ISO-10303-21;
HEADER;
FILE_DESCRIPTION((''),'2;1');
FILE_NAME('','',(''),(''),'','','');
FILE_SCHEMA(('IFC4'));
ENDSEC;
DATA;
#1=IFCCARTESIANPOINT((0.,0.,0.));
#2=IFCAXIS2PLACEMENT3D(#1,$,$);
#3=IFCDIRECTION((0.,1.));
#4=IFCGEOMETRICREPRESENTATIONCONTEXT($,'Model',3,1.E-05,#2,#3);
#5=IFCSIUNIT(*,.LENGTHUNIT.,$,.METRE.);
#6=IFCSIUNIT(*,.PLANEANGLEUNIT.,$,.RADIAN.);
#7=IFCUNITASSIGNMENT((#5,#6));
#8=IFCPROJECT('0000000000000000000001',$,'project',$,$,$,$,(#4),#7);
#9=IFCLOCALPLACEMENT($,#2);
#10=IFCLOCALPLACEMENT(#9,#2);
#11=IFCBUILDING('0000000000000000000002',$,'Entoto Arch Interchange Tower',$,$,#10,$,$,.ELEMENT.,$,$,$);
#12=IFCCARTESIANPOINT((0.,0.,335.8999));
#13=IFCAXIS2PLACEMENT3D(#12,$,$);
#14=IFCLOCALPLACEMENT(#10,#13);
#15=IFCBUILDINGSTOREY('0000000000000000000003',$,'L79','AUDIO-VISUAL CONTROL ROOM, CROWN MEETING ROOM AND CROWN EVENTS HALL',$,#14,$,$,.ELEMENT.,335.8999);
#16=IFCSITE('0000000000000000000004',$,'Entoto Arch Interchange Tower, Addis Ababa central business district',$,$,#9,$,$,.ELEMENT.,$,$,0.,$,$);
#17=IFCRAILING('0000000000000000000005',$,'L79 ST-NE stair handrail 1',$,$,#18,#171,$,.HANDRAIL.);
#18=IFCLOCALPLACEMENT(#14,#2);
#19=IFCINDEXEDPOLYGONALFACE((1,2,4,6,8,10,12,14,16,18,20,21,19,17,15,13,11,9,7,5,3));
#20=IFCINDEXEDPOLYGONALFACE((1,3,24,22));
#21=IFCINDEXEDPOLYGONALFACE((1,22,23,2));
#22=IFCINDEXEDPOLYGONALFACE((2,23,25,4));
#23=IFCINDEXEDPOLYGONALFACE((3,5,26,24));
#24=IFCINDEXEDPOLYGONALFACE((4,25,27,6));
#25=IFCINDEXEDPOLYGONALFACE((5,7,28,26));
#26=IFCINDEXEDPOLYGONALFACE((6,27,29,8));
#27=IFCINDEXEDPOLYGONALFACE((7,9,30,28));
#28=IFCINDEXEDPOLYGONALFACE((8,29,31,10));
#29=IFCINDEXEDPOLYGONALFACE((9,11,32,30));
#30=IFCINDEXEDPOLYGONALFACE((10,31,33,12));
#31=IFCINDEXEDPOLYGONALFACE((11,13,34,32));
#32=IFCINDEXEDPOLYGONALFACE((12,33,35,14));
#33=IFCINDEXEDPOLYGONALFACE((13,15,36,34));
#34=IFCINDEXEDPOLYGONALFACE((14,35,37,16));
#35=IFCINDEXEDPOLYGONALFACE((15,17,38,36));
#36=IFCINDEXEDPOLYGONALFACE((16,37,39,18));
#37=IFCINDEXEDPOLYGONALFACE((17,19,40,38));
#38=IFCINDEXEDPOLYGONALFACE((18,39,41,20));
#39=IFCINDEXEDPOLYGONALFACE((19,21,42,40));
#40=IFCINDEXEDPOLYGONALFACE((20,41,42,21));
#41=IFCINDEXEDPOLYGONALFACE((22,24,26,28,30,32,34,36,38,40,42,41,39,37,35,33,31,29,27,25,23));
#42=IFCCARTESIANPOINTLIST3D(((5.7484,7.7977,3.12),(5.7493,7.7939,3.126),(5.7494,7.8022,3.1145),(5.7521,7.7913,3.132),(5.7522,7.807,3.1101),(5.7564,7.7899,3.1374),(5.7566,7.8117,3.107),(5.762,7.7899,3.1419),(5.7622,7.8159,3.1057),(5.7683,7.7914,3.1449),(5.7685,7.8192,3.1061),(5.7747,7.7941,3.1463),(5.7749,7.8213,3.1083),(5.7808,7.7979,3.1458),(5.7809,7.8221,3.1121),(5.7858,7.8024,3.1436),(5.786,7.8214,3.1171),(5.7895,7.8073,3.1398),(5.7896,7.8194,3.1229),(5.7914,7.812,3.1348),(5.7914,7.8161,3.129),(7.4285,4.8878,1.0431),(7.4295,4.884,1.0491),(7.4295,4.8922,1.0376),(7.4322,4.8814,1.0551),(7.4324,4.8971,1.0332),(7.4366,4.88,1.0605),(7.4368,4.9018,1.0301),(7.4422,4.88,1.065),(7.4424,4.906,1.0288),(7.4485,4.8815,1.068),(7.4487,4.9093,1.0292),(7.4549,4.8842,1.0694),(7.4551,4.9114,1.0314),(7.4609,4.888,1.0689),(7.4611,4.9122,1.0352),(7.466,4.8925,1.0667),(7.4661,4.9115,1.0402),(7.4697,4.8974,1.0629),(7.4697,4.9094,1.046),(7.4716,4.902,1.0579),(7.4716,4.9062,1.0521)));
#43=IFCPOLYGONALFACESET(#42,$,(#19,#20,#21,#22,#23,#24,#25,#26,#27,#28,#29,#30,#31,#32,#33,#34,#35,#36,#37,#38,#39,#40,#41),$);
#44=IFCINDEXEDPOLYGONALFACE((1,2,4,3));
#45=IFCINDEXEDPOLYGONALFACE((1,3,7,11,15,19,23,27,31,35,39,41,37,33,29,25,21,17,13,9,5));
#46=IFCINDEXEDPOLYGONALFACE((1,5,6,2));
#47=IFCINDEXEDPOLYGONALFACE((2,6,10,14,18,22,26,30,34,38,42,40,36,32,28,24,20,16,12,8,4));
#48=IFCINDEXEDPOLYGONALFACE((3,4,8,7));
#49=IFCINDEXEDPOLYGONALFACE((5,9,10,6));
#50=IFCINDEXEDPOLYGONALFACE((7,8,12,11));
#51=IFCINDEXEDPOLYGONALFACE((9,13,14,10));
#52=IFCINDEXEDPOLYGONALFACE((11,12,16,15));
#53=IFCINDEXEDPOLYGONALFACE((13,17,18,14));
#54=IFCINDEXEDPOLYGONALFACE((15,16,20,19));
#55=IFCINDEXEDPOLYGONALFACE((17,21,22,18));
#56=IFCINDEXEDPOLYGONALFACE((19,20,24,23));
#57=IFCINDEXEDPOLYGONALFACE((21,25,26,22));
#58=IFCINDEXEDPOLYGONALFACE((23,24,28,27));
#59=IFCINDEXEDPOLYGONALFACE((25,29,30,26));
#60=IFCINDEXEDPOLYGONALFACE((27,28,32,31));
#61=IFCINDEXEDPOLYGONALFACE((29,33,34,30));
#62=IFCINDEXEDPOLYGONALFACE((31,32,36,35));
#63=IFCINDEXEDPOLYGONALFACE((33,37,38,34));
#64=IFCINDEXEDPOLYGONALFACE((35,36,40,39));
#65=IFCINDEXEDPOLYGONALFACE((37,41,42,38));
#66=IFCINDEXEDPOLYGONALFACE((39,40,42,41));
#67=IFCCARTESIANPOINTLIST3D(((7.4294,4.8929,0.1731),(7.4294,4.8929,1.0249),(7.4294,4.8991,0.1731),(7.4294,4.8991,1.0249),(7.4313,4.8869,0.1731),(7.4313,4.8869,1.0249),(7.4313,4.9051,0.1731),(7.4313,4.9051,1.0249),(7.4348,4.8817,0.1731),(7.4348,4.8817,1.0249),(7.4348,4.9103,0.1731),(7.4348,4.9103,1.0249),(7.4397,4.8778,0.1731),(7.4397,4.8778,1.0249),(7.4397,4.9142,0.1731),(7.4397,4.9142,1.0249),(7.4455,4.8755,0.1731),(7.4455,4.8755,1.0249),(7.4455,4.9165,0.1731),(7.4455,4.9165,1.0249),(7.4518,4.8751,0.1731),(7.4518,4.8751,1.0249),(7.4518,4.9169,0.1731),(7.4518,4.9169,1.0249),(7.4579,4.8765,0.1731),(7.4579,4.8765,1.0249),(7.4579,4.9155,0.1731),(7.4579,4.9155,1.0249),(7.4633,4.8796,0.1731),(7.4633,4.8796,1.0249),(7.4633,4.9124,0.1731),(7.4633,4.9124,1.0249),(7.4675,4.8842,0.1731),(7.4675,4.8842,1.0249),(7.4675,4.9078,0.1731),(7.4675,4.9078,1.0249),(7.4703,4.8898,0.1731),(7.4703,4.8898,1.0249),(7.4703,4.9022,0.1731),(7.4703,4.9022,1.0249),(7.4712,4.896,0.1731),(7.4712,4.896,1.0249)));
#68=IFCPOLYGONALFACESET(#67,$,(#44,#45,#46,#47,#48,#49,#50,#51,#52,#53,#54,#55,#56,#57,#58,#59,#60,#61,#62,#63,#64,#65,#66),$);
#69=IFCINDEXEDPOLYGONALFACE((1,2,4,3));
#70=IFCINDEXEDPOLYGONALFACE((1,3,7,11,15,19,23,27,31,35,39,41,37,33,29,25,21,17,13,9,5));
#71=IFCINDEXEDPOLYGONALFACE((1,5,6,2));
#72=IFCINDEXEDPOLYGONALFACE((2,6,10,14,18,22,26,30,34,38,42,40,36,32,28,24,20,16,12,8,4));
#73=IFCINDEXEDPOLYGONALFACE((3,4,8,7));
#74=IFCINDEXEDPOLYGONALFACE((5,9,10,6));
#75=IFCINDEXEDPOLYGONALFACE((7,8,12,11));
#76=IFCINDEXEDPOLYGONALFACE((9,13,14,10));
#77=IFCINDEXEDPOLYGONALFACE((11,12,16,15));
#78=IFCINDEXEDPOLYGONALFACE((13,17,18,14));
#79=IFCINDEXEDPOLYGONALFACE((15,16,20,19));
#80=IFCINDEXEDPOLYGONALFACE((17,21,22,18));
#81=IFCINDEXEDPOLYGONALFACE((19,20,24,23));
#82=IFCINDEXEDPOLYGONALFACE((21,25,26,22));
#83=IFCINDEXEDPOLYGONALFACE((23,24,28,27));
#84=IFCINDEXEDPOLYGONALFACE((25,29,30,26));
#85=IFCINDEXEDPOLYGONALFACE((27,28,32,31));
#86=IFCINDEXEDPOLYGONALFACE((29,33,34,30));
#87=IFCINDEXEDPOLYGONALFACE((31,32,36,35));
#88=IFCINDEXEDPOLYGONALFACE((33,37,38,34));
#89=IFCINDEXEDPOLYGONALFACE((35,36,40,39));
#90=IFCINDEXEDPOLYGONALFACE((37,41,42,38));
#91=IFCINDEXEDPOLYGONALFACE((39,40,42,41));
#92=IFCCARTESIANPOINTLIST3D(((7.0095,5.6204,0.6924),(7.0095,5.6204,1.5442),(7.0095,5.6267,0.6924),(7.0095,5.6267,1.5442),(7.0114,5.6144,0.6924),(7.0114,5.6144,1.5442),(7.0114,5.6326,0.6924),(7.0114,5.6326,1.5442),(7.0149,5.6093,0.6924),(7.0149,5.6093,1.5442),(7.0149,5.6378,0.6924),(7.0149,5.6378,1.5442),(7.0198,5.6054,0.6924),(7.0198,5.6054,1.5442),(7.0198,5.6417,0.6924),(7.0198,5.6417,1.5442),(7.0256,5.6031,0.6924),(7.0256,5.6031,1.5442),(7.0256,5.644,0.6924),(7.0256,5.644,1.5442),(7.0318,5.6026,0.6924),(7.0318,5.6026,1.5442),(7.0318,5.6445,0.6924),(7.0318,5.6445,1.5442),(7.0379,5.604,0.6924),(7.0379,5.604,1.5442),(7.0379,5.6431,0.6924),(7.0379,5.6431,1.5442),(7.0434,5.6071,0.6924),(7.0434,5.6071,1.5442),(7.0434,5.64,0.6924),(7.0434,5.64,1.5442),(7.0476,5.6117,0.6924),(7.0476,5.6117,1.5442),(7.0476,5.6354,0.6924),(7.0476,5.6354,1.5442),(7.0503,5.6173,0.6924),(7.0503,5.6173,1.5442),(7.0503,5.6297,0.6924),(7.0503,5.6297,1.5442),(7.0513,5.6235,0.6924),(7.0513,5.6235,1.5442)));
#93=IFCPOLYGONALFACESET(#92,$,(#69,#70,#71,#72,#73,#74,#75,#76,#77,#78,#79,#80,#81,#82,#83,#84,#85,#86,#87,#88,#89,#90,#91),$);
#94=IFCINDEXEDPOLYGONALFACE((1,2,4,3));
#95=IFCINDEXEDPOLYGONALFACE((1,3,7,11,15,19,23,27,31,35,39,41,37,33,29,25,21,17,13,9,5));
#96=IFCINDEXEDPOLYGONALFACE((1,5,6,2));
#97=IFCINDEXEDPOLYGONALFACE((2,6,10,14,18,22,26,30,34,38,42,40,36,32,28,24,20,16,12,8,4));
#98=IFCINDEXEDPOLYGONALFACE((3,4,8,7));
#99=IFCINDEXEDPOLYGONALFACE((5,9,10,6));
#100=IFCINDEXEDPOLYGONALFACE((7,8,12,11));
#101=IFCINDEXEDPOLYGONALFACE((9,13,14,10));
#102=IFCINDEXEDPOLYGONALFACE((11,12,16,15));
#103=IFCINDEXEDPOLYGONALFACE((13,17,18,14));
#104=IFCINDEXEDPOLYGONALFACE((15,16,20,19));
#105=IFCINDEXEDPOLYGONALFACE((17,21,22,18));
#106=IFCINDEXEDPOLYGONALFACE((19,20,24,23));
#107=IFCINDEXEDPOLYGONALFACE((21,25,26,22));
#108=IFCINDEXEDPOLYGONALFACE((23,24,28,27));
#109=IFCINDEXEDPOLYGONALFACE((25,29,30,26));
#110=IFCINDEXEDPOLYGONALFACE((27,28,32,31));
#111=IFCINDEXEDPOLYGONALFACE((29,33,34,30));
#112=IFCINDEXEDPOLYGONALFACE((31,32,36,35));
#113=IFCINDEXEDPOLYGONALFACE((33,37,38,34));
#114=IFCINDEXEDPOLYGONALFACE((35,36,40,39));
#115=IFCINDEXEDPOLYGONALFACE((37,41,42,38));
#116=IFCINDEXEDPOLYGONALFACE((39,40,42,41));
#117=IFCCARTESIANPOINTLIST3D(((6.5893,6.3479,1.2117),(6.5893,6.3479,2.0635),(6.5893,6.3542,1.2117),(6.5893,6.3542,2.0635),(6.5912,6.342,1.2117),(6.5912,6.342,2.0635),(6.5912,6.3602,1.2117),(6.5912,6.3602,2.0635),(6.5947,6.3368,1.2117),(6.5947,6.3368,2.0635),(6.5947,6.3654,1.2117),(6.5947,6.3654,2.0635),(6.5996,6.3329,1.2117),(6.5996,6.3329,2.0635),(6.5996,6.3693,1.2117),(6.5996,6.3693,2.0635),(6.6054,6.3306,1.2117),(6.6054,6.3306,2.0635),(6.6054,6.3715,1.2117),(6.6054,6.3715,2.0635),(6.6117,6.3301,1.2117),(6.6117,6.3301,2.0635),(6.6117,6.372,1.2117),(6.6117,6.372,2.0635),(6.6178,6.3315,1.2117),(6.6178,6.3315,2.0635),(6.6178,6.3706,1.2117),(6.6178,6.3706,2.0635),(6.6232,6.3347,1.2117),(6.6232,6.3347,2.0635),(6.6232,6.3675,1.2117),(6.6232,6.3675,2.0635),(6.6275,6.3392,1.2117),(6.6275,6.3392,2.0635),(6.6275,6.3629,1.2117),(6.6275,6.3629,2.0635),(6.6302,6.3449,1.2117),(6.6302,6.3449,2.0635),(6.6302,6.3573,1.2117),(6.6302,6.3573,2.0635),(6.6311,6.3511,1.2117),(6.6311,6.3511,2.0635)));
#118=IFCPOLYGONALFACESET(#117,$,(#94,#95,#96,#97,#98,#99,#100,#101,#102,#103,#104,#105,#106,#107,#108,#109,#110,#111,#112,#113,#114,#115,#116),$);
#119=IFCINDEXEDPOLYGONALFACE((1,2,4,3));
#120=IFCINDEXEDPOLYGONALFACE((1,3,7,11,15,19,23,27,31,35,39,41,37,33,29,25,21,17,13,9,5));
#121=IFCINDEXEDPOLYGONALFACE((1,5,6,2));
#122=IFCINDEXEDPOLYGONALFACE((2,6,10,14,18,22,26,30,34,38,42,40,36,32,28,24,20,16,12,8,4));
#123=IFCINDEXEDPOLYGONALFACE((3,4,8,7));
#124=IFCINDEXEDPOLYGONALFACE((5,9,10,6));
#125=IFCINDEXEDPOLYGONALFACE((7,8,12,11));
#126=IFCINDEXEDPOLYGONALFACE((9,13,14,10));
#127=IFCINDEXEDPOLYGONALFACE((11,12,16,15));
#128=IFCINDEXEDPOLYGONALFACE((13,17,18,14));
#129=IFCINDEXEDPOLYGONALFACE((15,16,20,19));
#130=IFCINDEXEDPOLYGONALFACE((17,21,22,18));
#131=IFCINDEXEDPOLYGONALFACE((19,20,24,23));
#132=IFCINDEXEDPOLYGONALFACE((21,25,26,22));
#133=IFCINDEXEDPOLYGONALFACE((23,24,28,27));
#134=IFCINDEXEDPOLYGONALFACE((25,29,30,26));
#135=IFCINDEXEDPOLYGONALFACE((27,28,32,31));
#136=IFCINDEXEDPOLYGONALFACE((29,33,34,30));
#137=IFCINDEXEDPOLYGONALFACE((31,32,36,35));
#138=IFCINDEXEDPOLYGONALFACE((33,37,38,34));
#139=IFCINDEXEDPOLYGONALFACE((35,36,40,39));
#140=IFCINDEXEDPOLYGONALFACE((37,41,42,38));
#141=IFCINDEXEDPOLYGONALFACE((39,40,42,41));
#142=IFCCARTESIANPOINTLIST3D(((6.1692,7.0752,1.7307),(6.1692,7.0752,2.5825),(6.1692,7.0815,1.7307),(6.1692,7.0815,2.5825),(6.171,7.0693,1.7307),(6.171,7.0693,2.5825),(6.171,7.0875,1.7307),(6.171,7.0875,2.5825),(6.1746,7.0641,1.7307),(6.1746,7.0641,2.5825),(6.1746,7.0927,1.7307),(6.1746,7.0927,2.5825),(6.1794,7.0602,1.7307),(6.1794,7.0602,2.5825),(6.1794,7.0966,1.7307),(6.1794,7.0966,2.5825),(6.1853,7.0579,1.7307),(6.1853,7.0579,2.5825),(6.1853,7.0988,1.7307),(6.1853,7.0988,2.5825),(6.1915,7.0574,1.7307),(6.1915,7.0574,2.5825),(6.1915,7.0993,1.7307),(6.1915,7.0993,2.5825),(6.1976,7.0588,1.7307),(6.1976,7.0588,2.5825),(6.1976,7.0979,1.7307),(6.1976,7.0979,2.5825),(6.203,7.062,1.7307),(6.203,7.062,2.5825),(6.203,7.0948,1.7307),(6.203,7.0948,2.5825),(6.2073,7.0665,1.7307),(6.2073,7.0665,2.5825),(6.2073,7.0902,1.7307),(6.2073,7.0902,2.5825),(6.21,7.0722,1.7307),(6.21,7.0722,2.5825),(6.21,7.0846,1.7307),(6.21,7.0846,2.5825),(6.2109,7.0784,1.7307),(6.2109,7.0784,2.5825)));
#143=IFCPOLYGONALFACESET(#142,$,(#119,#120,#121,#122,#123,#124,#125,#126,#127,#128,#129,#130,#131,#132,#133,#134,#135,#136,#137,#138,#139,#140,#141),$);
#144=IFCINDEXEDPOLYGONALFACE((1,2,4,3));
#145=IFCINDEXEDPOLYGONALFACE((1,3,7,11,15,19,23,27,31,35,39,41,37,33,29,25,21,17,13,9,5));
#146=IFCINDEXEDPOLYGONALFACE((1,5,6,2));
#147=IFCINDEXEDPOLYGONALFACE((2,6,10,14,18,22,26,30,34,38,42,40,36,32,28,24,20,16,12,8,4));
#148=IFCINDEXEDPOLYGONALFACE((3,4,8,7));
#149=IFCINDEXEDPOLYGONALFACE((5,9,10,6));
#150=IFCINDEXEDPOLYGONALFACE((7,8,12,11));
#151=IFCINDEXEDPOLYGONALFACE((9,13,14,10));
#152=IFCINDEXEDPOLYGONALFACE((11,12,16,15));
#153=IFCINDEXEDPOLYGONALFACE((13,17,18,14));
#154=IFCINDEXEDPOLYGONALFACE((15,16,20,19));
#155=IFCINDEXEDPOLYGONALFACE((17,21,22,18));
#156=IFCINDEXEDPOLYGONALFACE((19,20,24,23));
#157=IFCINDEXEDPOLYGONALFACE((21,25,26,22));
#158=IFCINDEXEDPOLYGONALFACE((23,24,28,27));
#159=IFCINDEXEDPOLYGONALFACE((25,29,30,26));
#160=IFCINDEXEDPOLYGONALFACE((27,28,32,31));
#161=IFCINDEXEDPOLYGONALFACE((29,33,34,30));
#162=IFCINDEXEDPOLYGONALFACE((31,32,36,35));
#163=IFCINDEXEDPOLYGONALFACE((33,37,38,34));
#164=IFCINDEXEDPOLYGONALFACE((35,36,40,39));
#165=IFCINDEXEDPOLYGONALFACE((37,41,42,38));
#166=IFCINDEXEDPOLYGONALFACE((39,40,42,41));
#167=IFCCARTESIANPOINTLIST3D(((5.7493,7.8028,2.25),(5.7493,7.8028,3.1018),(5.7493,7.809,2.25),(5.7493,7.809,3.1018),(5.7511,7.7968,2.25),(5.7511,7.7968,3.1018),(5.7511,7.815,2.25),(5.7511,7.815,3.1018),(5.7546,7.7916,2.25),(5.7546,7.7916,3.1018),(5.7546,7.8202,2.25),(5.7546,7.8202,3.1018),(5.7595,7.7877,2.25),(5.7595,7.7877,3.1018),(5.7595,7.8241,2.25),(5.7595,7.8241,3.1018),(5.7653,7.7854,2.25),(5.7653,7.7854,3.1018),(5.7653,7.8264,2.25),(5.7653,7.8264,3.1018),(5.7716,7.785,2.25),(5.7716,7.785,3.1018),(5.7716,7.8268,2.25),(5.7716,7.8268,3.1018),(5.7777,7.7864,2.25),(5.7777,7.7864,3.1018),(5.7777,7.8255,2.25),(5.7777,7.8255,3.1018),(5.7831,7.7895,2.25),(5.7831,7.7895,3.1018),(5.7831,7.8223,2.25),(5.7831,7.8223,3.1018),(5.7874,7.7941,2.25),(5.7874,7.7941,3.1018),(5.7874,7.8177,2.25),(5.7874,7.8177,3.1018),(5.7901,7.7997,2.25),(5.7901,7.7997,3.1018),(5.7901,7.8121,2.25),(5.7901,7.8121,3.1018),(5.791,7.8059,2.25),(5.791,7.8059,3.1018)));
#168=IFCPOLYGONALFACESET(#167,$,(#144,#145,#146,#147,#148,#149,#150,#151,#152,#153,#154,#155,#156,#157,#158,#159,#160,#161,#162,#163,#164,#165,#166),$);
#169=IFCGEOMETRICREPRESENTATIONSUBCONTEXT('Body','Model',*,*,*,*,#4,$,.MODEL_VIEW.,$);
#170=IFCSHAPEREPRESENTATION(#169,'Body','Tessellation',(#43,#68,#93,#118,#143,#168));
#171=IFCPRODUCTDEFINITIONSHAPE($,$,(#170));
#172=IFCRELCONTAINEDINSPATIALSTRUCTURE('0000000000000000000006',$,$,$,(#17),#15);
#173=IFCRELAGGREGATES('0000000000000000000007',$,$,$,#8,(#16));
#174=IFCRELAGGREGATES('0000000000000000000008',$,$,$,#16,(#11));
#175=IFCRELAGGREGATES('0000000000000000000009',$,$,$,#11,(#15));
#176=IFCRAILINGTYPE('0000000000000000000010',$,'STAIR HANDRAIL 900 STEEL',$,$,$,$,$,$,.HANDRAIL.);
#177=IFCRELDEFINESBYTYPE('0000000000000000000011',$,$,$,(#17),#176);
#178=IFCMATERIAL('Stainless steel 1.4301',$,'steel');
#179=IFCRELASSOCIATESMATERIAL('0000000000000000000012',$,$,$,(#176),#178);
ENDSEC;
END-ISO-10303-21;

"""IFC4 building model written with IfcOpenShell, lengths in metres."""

from ifc_helpers import new_model, si_unit, direction, frame, origin, origin_2d, place, context, subcontext, project, spatial, circle, extrude, material, type_object, element, save


model = new_model("IFC4")

# Units and contexts
model_context = context("Model", 3, precision=1e-05, world=origin(), true_north=direction((0.0, 1.0)))
body_context = subcontext(model_context, "Body", "Model", "MODEL_VIEW")
ifc_project = project(units=[si_unit("LENGTHUNIT", "METRE"), si_unit("PLANEANGLEUNIT", "RADIAN")], contexts=[model_context])

# Site, building, storey
site_placement = place(None, origin())
site = spatial("IfcSite", under=ifc_project, at=site_placement, Name="Entoto Arch Interchange Tower, Addis Ababa central business district", CompositionType="ELEMENT", RefElevation=0.0)
building_placement = place(site_placement, origin())
building = spatial("IfcBuilding", under=site, at=building_placement, Name="Entoto Arch Interchange Tower", CompositionType="ELEMENT")
storey_placement = place(building_placement, frame((0.0, 0.0, 335.8999)))
storey = spatial("IfcBuildingStorey", under=building, at=storey_placement, Name="L79", Description="AUDIO-VISUAL CONTROL ROOM, CROWN MEETING ROOM AND CROWN EVENTS HALL", CompositionType="ELEMENT", Elevation=335.8999)

# Railing
ifc_material_1 = material(Name="Stainless steel 1.4301", Category="steel")
railing_type_1 = type_object("IfcRailingType", Name="STAIR HANDRAIL 900 STEEL", PredefinedType="HANDRAIL", material=ifc_material_1)
railing_1_placement = place(storey_placement, frame((7.4502, 4.896, 0.1731)))
element("IfcRailing", 1, at=railing_1_placement, inside=storey, type_object=railing_type_1, Name="L79 ST-NE stair handrail 1", PredefinedType="HANDRAIL", context=body_context, shape_type="SweptSolid", body=[
    extrude(circle(Radius=0.0239, at=origin_2d()), frame((0.0, 0.0, 0.876), z_axis=(-0.425339, 0.736649, 0.525771), x_axis=(-0.866008, -0.500031, 0.0)), (0.0, 0.0, 1.0), 3.9502),
    extrude(circle(Radius=0.021, at=origin_2d()), origin(), (0.0, 0.0, 1.0), 0.8518),
    extrude(circle(Radius=0.021, at=origin_2d()), frame((-0.4199, 0.7275, 0.5193)), (0.0, 0.0, 1.0), 0.8518),
    extrude(circle(Radius=0.021, at=origin_2d()), frame((-0.8401, 1.4551, 1.0386)), (0.0, 0.0, 1.0), 0.8518),
    extrude(circle(Radius=0.021, at=origin_2d()), frame((-1.2603, 2.1824, 1.5576)), (0.0, 0.0, 1.0), 0.8518),
    extrude(circle(Radius=0.021, at=origin_2d()), frame((-1.6802, 2.9099, 2.0769)), (0.0, 0.0, 1.0), 0.8518),
])

save(model, "model.ifc")
